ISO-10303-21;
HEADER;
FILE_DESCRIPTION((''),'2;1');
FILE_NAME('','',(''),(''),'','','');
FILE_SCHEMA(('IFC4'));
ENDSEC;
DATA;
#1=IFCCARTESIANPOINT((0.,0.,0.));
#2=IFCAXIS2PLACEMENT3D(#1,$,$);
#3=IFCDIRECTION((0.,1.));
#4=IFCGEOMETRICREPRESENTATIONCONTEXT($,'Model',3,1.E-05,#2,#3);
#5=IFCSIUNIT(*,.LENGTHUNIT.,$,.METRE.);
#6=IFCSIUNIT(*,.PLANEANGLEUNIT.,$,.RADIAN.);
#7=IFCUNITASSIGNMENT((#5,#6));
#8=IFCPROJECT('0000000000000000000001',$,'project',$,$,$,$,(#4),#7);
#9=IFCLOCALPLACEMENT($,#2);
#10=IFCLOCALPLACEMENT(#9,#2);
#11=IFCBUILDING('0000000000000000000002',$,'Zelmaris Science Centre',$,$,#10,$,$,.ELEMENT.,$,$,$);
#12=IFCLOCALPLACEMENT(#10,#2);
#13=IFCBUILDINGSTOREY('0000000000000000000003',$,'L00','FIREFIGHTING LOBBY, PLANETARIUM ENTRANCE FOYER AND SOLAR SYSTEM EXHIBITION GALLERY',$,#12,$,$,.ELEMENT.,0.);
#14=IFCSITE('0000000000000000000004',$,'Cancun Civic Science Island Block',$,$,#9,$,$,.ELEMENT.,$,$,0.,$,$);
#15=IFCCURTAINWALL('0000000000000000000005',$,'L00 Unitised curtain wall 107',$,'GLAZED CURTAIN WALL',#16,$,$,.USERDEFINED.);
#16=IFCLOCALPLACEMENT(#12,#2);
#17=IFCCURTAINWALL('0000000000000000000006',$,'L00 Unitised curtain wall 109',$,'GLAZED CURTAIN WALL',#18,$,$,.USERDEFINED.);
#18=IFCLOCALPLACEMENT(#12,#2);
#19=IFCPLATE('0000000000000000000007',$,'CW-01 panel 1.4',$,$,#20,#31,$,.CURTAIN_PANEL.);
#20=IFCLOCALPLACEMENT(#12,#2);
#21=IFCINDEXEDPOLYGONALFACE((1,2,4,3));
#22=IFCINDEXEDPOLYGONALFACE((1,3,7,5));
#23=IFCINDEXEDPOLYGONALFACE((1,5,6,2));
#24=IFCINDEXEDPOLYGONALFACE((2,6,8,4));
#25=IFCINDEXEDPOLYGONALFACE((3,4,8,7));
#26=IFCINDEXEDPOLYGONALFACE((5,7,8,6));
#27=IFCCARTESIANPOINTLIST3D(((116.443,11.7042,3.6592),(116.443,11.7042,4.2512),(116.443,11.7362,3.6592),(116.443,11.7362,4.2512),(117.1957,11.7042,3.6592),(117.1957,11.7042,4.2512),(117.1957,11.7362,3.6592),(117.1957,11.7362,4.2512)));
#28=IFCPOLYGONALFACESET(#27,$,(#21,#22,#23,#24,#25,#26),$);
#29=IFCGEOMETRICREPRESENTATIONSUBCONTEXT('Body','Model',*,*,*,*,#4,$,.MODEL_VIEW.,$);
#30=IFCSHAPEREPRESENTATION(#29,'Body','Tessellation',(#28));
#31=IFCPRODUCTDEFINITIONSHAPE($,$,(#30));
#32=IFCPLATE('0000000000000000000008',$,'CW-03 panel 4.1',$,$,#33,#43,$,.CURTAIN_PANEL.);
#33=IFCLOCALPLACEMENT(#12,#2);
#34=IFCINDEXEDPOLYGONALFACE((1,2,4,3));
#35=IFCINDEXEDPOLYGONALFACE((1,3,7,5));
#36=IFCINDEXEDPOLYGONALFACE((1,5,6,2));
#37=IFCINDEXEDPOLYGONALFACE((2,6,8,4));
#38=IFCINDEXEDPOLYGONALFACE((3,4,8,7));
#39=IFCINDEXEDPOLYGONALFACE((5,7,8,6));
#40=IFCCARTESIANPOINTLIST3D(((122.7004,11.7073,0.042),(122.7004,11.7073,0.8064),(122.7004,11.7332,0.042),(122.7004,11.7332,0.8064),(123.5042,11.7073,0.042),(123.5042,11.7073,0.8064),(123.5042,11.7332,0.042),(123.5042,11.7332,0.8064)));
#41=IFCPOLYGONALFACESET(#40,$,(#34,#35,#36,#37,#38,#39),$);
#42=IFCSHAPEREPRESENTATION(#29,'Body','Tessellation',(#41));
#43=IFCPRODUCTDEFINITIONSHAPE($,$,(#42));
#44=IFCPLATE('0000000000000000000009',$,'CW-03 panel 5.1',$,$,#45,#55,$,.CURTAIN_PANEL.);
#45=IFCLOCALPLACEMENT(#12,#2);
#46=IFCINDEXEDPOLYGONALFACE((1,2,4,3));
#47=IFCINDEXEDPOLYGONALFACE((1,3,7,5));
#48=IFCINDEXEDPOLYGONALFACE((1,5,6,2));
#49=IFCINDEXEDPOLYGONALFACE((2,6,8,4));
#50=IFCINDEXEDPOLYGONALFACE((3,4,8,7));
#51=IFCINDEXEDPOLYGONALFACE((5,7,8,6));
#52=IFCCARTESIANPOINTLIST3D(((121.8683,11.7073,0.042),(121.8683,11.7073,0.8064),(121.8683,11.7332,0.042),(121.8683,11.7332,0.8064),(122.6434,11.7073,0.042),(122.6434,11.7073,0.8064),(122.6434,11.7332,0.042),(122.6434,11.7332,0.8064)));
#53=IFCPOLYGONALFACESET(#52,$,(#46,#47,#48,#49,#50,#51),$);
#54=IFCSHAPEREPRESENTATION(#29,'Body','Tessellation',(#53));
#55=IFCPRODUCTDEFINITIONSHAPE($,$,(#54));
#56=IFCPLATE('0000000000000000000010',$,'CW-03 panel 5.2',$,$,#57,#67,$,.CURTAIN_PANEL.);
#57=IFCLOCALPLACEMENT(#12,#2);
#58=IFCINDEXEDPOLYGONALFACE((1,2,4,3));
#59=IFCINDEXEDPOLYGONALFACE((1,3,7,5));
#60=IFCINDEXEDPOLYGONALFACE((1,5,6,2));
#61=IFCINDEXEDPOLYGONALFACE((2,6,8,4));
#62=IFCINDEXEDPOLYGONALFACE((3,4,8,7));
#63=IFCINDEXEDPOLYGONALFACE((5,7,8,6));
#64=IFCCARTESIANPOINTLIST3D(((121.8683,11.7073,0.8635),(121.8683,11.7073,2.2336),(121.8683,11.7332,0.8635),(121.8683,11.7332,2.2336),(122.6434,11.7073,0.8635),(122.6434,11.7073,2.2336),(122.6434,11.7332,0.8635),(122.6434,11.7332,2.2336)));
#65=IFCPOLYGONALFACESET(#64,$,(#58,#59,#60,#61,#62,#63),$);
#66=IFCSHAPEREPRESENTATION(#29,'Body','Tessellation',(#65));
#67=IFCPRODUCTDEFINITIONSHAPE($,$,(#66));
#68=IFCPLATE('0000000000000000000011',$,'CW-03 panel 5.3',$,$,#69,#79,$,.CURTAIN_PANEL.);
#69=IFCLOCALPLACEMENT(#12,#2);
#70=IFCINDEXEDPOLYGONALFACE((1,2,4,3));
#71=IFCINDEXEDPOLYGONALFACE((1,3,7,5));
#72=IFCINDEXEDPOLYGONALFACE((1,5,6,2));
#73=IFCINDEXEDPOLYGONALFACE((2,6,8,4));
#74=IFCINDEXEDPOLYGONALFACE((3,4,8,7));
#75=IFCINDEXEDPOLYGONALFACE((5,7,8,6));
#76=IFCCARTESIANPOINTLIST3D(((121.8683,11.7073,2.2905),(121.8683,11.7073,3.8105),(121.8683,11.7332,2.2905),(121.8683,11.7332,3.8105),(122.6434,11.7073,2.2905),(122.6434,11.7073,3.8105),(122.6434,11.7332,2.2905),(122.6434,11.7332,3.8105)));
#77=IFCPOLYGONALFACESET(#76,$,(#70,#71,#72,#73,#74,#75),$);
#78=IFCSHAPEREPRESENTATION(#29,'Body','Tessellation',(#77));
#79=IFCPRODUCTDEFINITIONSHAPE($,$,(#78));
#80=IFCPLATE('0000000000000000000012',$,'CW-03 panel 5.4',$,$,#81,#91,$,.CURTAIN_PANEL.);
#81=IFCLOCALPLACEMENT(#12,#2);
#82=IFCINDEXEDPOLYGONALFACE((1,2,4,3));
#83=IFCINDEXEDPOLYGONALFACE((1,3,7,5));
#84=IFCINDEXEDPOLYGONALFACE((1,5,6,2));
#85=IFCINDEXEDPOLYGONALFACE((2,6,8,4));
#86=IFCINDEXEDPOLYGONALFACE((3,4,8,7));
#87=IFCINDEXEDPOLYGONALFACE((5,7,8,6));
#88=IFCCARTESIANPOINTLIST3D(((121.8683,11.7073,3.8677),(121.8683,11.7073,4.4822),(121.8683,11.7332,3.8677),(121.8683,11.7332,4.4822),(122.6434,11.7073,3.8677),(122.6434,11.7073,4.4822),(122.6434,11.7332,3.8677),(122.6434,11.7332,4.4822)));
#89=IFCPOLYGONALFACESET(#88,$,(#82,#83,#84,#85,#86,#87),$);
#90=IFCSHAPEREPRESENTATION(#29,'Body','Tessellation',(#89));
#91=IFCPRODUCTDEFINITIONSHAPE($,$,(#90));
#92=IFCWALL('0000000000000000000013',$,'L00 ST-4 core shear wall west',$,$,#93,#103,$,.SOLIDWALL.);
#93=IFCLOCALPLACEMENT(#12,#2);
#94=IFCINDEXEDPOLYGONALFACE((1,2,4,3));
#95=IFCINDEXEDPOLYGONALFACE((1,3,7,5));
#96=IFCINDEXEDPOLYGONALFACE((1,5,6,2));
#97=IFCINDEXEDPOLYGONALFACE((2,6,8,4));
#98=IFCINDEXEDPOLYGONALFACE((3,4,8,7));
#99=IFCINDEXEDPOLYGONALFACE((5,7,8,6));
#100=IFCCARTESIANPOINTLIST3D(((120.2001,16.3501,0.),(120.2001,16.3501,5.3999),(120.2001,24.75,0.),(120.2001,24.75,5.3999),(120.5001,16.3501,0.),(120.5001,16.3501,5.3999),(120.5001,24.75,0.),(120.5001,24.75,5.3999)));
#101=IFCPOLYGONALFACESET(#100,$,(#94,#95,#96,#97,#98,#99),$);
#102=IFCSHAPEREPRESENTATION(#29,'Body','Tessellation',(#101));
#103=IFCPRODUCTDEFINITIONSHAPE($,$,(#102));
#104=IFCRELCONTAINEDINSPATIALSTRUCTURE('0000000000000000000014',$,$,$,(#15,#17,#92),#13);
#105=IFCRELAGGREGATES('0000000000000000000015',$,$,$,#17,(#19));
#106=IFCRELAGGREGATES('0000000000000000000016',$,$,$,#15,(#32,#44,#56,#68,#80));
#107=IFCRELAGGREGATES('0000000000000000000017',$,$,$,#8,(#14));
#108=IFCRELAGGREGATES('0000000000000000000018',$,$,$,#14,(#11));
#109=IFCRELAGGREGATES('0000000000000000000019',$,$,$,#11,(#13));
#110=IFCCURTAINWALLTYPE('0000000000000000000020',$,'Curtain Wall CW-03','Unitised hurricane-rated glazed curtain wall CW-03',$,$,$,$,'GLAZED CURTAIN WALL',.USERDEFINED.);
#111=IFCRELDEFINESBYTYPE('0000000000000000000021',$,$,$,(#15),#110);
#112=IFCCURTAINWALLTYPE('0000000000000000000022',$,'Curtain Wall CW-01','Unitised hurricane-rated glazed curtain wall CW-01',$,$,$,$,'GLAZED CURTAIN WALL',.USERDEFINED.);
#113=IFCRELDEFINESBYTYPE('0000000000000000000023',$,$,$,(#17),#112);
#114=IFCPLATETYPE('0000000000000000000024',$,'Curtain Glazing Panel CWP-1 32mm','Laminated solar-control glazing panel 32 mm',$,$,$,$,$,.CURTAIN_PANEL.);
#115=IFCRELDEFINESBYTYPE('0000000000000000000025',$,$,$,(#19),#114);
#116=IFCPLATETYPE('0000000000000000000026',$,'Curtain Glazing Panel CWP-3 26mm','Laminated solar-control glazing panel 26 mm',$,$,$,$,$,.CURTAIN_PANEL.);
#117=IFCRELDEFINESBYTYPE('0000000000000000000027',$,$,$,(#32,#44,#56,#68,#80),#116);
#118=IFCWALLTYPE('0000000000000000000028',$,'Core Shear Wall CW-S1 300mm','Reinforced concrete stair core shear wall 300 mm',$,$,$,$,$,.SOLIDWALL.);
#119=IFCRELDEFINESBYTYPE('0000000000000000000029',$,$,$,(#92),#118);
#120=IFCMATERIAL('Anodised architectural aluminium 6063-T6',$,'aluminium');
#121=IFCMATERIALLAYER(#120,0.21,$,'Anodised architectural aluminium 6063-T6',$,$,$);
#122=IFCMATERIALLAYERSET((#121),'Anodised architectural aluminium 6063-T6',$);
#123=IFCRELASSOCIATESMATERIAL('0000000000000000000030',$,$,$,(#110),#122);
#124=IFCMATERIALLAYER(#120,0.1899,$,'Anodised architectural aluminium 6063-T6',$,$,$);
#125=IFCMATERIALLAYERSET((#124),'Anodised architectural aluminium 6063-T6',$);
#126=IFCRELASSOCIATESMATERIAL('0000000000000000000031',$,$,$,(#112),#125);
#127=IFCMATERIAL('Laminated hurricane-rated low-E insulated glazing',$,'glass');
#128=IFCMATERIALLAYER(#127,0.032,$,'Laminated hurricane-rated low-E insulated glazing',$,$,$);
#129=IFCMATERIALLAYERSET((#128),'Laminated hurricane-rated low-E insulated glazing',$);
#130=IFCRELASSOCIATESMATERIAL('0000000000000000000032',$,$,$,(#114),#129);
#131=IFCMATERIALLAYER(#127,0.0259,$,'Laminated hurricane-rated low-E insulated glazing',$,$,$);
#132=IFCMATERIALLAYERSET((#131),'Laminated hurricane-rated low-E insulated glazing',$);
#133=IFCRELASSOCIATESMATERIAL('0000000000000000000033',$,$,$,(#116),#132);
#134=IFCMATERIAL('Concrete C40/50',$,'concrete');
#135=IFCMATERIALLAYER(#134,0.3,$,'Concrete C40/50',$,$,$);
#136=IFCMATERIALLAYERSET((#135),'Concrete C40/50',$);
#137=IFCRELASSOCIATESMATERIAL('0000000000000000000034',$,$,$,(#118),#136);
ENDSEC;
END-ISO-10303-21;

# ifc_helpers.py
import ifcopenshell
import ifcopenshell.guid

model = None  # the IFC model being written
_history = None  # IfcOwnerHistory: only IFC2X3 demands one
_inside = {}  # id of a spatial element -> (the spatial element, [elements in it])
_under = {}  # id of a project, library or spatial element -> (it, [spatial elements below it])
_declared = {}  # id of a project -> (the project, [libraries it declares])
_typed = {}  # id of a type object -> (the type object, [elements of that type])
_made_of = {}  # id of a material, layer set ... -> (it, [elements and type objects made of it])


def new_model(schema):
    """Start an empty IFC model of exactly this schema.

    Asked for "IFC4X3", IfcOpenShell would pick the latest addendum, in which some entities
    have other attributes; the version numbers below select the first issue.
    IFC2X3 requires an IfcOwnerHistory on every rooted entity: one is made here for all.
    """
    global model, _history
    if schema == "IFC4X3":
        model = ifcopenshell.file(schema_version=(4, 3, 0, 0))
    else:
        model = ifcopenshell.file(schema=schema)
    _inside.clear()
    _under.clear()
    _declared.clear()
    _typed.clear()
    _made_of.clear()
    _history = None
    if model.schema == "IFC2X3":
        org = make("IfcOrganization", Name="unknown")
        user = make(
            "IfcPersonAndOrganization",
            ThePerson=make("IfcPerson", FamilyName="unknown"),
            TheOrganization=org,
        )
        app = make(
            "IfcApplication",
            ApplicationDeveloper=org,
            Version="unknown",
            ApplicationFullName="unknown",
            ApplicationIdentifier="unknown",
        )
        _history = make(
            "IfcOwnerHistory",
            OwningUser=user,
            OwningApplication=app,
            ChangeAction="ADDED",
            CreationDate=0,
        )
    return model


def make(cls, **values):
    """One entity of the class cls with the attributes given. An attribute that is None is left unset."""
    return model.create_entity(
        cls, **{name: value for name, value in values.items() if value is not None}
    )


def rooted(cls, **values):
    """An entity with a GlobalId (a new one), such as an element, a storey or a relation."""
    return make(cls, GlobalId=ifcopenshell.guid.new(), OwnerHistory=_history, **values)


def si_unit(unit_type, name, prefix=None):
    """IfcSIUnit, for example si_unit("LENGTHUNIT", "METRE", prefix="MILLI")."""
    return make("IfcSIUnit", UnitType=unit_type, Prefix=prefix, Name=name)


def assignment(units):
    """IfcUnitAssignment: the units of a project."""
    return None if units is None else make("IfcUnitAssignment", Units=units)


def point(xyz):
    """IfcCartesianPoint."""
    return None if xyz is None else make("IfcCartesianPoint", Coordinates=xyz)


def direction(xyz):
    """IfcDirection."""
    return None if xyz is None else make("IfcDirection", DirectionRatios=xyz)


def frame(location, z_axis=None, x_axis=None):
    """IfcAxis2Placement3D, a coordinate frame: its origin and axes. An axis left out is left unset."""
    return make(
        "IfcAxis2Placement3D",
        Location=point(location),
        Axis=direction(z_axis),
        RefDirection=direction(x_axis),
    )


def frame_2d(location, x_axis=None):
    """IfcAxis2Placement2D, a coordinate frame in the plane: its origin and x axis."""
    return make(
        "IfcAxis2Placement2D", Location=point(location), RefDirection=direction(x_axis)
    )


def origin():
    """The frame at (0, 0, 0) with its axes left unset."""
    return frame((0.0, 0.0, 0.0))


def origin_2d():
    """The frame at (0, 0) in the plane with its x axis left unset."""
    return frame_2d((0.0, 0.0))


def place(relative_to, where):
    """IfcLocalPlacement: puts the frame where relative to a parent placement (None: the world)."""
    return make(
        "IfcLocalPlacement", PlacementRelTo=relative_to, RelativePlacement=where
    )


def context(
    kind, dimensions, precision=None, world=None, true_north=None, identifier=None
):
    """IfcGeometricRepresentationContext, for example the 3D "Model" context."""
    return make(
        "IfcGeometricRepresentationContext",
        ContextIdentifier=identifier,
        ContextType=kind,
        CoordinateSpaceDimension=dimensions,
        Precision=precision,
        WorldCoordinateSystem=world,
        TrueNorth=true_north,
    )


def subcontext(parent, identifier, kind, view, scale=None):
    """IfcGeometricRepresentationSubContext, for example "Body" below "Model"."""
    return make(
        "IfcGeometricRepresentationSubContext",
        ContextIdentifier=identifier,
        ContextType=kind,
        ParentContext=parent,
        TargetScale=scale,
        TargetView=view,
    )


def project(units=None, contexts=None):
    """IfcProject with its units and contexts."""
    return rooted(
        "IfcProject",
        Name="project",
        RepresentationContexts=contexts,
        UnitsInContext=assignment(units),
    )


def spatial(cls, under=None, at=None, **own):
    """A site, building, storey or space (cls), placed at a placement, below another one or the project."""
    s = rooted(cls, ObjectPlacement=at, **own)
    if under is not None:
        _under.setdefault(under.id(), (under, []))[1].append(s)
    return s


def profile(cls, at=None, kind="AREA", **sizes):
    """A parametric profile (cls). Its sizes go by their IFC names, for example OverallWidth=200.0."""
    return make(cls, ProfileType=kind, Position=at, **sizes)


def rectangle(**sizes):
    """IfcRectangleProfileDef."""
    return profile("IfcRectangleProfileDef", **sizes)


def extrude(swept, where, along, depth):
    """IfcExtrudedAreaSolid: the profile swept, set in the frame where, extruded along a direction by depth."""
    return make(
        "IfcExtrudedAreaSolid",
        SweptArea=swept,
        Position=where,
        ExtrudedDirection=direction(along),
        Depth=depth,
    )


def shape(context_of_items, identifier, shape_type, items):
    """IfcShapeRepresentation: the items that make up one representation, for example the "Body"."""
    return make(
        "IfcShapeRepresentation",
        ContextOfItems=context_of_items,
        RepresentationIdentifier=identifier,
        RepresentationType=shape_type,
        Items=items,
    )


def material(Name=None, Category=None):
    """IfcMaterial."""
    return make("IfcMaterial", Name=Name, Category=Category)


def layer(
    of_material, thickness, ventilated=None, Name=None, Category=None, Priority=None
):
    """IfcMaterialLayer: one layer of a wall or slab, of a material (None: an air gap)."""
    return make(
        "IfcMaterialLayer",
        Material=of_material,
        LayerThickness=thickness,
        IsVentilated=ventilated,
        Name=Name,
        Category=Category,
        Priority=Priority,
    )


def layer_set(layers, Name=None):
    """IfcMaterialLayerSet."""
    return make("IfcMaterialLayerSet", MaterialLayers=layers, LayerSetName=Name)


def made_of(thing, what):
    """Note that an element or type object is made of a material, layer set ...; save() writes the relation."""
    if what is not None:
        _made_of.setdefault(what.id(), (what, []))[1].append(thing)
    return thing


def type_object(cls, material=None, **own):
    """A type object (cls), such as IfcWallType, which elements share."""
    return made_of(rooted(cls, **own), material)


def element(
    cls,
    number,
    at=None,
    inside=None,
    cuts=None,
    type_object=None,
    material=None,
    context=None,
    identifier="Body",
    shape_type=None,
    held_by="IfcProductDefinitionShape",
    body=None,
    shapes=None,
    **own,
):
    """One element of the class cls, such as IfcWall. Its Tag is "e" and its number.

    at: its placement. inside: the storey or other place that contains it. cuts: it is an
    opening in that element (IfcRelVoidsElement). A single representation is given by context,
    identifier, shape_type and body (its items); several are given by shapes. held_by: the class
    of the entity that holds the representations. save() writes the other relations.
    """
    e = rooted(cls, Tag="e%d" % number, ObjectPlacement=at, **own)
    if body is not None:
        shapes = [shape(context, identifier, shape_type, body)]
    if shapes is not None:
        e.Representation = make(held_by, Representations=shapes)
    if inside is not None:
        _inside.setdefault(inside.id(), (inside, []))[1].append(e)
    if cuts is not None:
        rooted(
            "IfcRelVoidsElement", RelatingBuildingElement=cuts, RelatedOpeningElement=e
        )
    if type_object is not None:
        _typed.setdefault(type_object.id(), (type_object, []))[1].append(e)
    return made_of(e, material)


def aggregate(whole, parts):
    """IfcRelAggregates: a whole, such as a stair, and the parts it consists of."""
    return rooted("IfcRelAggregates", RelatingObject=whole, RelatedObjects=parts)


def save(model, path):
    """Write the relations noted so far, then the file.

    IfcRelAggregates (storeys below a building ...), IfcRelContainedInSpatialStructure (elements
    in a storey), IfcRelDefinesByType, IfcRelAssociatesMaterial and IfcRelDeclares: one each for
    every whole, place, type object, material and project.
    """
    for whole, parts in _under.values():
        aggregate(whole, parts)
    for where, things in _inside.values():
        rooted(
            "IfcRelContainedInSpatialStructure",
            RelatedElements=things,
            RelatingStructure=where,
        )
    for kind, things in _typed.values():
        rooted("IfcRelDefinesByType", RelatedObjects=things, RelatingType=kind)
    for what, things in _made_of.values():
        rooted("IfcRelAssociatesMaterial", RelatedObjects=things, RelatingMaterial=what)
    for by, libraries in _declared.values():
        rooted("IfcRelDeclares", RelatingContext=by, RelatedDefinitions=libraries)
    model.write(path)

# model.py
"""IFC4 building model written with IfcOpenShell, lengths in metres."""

from ifc_helpers import new_model, si_unit, direction, frame, frame_2d, origin, origin_2d, place, context, subcontext, project, spatial, rectangle, extrude, material, layer, layer_set, type_object, element, aggregate, save


model = new_model("IFC4")

# Units and contexts
model_context = context("Model", 3, precision=1e-05, world=origin(), true_north=direction((0.0, 1.0)))
body_context = subcontext(model_context, "Body", "Model", "MODEL_VIEW")
ifc_project = project(units=[si_unit("LENGTHUNIT", "METRE"), si_unit("PLANEANGLEUNIT", "RADIAN")], contexts=[model_context])

# Site, building, storey
site_placement = place(None, origin())
site = spatial("IfcSite", under=ifc_project, at=site_placement, Name="Cancun Civic Science Island Block", CompositionType="ELEMENT", RefElevation=0.0)
building_placement = place(site_placement, origin())
building = spatial("IfcBuilding", under=site, at=building_placement, Name="Zelmaris Science Centre", CompositionType="ELEMENT")
storey_placement = place(building_placement, origin())
storey = spatial("IfcBuildingStorey", under=building, at=storey_placement, Name="L00", Description="FIREFIGHTING LOBBY, PLANETARIUM ENTRANCE FOYER AND SOLAR SYSTEM EXHIBITION GALLERY", CompositionType="ELEMENT", Elevation=0.0)

# Curtain walls
ifc_material_1 = material(Name="Anodised architectural aluminium 6063-T6", Category="aluminium")
ifc_layer_1 = layer(ifc_material_1, 0.21, Name="Anodised architectural aluminium 6063-T6")
ifc_layer_set_1 = layer_set([ifc_layer_1], Name="Anodised architectural aluminium 6063-T6")
curtain_wall_type_1 = type_object("IfcCurtainWallType", Name="Curtain Wall CW-03", Description="Unitised hurricane-rated glazed curtain wall CW-03", ElementType="GLAZED CURTAIN WALL", PredefinedType="USERDEFINED", material=ifc_layer_set_1)
curtain_wall_1_placement = place(storey_placement, origin())
curtain_wall_1 = element("IfcCurtainWall", 1, at=curtain_wall_1_placement, inside=storey, type_object=curtain_wall_type_1, Name="L00 Unitised curtain wall 107", ObjectType="GLAZED CURTAIN WALL", PredefinedType="USERDEFINED")
ifc_layer_2 = layer(ifc_material_1, 0.1899, Name="Anodised architectural aluminium 6063-T6")
ifc_layer_set_2 = layer_set([ifc_layer_2], Name="Anodised architectural aluminium 6063-T6")
curtain_wall_type_2 = type_object("IfcCurtainWallType", Name="Curtain Wall CW-01", Description="Unitised hurricane-rated glazed curtain wall CW-01", ElementType="GLAZED CURTAIN WALL", PredefinedType="USERDEFINED", material=ifc_layer_set_2)
curtain_wall_2_placement = place(storey_placement, origin())
curtain_wall_2 = element("IfcCurtainWall", 2, at=curtain_wall_2_placement, inside=storey, type_object=curtain_wall_type_2, Name="L00 Unitised curtain wall 109", ObjectType="GLAZED CURTAIN WALL", PredefinedType="USERDEFINED")

# Plates
ifc_material_2 = material(Name="Laminated hurricane-rated low-E insulated glazing", Category="glass")
ifc_layer_3 = layer(ifc_material_2, 0.032, Name="Laminated hurricane-rated low-E insulated glazing")
ifc_layer_set_3 = layer_set([ifc_layer_3], Name="Laminated hurricane-rated low-E insulated glazing")
plate_type_1 = type_object("IfcPlateType", Name="Curtain Glazing Panel CWP-1 32mm", Description="Laminated solar-control glazing panel 32 mm", PredefinedType="CURTAIN_PANEL", material=ifc_layer_set_3)
plate_1_placement = place(storey_placement, frame((116.8193, 11.7202, 3.6592), z_axis=(0.0, 0.0, 1.0), x_axis=(-1.0, 0.0, 0.0)))
plate_1 = element("IfcPlate", 3, at=plate_1_placement, type_object=plate_type_1, Name="CW-01 panel 1.4", PredefinedType="CURTAIN_PANEL", context=body_context, shape_type="SweptSolid", body=[
    extrude(rectangle(XDim=0.7527, YDim=0.032, at=origin_2d()), origin(), (0.0, 0.0, 1.0), 0.592),
])
aggregate(curtain_wall_2, [plate_1])
ifc_layer_4 = layer(ifc_material_2, 0.0259, Name="Laminated hurricane-rated low-E insulated glazing")
ifc_layer_set_4 = layer_set([ifc_layer_4], Name="Laminated hurricane-rated low-E insulated glazing")
plate_type_2 = type_object("IfcPlateType", Name="Curtain Glazing Panel CWP-3 26mm", Description="Laminated solar-control glazing panel 26 mm", PredefinedType="CURTAIN_PANEL", material=ifc_layer_set_4)
plate_2_placement = place(storey_placement, frame((123.1023, 11.7202, 0.042), z_axis=(0.0, 0.0, 1.0), x_axis=(-1.0, 0.0, 0.0)))
plate_2 = element("IfcPlate", 4, at=plate_2_placement, type_object=plate_type_2, Name="CW-03 panel 4.1", PredefinedType="CURTAIN_PANEL", context=body_context, shape_type="SweptSolid", body=[
    extrude(rectangle(XDim=0.8037, YDim=0.0259, at=origin_2d()), origin(), (0.0, 0.0, 1.0), 0.7644),
])
plate_3_placement = place(storey_placement, frame((122.2559, 11.7202, 0.042), z_axis=(0.0, 0.0, 1.0), x_axis=(-1.0, 0.0, 0.0)))
plate_3 = element("IfcPlate", 5, at=plate_3_placement, type_object=plate_type_2, Name="CW-03 panel 5.1", PredefinedType="CURTAIN_PANEL", context=body_context, shape_type="SweptSolid", body=[
    extrude(rectangle(XDim=0.7751, YDim=0.0259, at=origin_2d()), origin(), (0.0, 0.0, 1.0), 0.7644),
])
plate_4_placement = place(storey_placement, frame((122.2559, 11.7202, 0.8635), z_axis=(0.0, 0.0, 1.0), x_axis=(-1.0, 0.0, 0.0)))
plate_4 = element("IfcPlate", 6, at=plate_4_placement, type_object=plate_type_2, Name="CW-03 panel 5.2", PredefinedType="CURTAIN_PANEL", context=body_context, shape_type="SweptSolid", body=[
    extrude(rectangle(XDim=0.7751, YDim=0.0259, at=origin_2d()), origin(), (0.0, 0.0, 1.0), 1.3701),
])
plate_5_placement = place(storey_placement, frame((122.2559, 11.7202, 2.2905), z_axis=(0.0, 0.0, 1.0), x_axis=(-1.0, 0.0, 0.0)))
plate_5 = element("IfcPlate", 7, at=plate_5_placement, type_object=plate_type_2, Name="CW-03 panel 5.3", PredefinedType="CURTAIN_PANEL", context=body_context, shape_type="SweptSolid", body=[
    extrude(rectangle(XDim=0.7751, YDim=0.0259, at=origin_2d()), origin(), (0.0, 0.0, 1.0), 1.52),
])
plate_6_placement = place(storey_placement, frame((122.2559, 11.7202, 3.8677), z_axis=(0.0, 0.0, 1.0), x_axis=(-1.0, 0.0, 0.0)))
plate_6 = element("IfcPlate", 8, at=plate_6_placement, type_object=plate_type_2, Name="CW-03 panel 5.4", PredefinedType="CURTAIN_PANEL", context=body_context, shape_type="SweptSolid", body=[
    extrude(rectangle(XDim=0.7751, YDim=0.0259, at=origin_2d()), origin(), (0.0, 0.0, 1.0), 0.6145),
])
aggregate(curtain_wall_1, [plate_2, plate_3, plate_4, plate_5, plate_6])

# Wall
ifc_material_3 = material(Name="Concrete C40/50", Category="concrete")
ifc_layer_5 = layer(ifc_material_3, 0.3, Name="Concrete C40/50")
ifc_layer_set_5 = layer_set([ifc_layer_5], Name="Concrete C40/50")
wall_type = type_object("IfcWallType", Name="Core Shear Wall CW-S1 300mm", Description="Reinforced concrete stair core shear wall 300 mm", PredefinedType="SOLIDWALL", material=ifc_layer_set_5)
wall_placement = place(storey_placement, frame((120.3501, 16.3501, 0.0), z_axis=(0.0, 0.0, 1.0), x_axis=(0.0, 1.0, 0.0)))
element("IfcWall", 9, at=wall_placement, inside=storey, type_object=wall_type, Name="L00 ST-4 core shear wall west", PredefinedType="SOLIDWALL", context=body_context, shape_type="SweptSolid", body=[
    extrude(rectangle(XDim=8.3999, YDim=0.3, at=frame_2d((4.2, 0.0))), origin(), (0.0, 0.0, 1.0), 5.3999),
])

save(model, "model.ifc")
